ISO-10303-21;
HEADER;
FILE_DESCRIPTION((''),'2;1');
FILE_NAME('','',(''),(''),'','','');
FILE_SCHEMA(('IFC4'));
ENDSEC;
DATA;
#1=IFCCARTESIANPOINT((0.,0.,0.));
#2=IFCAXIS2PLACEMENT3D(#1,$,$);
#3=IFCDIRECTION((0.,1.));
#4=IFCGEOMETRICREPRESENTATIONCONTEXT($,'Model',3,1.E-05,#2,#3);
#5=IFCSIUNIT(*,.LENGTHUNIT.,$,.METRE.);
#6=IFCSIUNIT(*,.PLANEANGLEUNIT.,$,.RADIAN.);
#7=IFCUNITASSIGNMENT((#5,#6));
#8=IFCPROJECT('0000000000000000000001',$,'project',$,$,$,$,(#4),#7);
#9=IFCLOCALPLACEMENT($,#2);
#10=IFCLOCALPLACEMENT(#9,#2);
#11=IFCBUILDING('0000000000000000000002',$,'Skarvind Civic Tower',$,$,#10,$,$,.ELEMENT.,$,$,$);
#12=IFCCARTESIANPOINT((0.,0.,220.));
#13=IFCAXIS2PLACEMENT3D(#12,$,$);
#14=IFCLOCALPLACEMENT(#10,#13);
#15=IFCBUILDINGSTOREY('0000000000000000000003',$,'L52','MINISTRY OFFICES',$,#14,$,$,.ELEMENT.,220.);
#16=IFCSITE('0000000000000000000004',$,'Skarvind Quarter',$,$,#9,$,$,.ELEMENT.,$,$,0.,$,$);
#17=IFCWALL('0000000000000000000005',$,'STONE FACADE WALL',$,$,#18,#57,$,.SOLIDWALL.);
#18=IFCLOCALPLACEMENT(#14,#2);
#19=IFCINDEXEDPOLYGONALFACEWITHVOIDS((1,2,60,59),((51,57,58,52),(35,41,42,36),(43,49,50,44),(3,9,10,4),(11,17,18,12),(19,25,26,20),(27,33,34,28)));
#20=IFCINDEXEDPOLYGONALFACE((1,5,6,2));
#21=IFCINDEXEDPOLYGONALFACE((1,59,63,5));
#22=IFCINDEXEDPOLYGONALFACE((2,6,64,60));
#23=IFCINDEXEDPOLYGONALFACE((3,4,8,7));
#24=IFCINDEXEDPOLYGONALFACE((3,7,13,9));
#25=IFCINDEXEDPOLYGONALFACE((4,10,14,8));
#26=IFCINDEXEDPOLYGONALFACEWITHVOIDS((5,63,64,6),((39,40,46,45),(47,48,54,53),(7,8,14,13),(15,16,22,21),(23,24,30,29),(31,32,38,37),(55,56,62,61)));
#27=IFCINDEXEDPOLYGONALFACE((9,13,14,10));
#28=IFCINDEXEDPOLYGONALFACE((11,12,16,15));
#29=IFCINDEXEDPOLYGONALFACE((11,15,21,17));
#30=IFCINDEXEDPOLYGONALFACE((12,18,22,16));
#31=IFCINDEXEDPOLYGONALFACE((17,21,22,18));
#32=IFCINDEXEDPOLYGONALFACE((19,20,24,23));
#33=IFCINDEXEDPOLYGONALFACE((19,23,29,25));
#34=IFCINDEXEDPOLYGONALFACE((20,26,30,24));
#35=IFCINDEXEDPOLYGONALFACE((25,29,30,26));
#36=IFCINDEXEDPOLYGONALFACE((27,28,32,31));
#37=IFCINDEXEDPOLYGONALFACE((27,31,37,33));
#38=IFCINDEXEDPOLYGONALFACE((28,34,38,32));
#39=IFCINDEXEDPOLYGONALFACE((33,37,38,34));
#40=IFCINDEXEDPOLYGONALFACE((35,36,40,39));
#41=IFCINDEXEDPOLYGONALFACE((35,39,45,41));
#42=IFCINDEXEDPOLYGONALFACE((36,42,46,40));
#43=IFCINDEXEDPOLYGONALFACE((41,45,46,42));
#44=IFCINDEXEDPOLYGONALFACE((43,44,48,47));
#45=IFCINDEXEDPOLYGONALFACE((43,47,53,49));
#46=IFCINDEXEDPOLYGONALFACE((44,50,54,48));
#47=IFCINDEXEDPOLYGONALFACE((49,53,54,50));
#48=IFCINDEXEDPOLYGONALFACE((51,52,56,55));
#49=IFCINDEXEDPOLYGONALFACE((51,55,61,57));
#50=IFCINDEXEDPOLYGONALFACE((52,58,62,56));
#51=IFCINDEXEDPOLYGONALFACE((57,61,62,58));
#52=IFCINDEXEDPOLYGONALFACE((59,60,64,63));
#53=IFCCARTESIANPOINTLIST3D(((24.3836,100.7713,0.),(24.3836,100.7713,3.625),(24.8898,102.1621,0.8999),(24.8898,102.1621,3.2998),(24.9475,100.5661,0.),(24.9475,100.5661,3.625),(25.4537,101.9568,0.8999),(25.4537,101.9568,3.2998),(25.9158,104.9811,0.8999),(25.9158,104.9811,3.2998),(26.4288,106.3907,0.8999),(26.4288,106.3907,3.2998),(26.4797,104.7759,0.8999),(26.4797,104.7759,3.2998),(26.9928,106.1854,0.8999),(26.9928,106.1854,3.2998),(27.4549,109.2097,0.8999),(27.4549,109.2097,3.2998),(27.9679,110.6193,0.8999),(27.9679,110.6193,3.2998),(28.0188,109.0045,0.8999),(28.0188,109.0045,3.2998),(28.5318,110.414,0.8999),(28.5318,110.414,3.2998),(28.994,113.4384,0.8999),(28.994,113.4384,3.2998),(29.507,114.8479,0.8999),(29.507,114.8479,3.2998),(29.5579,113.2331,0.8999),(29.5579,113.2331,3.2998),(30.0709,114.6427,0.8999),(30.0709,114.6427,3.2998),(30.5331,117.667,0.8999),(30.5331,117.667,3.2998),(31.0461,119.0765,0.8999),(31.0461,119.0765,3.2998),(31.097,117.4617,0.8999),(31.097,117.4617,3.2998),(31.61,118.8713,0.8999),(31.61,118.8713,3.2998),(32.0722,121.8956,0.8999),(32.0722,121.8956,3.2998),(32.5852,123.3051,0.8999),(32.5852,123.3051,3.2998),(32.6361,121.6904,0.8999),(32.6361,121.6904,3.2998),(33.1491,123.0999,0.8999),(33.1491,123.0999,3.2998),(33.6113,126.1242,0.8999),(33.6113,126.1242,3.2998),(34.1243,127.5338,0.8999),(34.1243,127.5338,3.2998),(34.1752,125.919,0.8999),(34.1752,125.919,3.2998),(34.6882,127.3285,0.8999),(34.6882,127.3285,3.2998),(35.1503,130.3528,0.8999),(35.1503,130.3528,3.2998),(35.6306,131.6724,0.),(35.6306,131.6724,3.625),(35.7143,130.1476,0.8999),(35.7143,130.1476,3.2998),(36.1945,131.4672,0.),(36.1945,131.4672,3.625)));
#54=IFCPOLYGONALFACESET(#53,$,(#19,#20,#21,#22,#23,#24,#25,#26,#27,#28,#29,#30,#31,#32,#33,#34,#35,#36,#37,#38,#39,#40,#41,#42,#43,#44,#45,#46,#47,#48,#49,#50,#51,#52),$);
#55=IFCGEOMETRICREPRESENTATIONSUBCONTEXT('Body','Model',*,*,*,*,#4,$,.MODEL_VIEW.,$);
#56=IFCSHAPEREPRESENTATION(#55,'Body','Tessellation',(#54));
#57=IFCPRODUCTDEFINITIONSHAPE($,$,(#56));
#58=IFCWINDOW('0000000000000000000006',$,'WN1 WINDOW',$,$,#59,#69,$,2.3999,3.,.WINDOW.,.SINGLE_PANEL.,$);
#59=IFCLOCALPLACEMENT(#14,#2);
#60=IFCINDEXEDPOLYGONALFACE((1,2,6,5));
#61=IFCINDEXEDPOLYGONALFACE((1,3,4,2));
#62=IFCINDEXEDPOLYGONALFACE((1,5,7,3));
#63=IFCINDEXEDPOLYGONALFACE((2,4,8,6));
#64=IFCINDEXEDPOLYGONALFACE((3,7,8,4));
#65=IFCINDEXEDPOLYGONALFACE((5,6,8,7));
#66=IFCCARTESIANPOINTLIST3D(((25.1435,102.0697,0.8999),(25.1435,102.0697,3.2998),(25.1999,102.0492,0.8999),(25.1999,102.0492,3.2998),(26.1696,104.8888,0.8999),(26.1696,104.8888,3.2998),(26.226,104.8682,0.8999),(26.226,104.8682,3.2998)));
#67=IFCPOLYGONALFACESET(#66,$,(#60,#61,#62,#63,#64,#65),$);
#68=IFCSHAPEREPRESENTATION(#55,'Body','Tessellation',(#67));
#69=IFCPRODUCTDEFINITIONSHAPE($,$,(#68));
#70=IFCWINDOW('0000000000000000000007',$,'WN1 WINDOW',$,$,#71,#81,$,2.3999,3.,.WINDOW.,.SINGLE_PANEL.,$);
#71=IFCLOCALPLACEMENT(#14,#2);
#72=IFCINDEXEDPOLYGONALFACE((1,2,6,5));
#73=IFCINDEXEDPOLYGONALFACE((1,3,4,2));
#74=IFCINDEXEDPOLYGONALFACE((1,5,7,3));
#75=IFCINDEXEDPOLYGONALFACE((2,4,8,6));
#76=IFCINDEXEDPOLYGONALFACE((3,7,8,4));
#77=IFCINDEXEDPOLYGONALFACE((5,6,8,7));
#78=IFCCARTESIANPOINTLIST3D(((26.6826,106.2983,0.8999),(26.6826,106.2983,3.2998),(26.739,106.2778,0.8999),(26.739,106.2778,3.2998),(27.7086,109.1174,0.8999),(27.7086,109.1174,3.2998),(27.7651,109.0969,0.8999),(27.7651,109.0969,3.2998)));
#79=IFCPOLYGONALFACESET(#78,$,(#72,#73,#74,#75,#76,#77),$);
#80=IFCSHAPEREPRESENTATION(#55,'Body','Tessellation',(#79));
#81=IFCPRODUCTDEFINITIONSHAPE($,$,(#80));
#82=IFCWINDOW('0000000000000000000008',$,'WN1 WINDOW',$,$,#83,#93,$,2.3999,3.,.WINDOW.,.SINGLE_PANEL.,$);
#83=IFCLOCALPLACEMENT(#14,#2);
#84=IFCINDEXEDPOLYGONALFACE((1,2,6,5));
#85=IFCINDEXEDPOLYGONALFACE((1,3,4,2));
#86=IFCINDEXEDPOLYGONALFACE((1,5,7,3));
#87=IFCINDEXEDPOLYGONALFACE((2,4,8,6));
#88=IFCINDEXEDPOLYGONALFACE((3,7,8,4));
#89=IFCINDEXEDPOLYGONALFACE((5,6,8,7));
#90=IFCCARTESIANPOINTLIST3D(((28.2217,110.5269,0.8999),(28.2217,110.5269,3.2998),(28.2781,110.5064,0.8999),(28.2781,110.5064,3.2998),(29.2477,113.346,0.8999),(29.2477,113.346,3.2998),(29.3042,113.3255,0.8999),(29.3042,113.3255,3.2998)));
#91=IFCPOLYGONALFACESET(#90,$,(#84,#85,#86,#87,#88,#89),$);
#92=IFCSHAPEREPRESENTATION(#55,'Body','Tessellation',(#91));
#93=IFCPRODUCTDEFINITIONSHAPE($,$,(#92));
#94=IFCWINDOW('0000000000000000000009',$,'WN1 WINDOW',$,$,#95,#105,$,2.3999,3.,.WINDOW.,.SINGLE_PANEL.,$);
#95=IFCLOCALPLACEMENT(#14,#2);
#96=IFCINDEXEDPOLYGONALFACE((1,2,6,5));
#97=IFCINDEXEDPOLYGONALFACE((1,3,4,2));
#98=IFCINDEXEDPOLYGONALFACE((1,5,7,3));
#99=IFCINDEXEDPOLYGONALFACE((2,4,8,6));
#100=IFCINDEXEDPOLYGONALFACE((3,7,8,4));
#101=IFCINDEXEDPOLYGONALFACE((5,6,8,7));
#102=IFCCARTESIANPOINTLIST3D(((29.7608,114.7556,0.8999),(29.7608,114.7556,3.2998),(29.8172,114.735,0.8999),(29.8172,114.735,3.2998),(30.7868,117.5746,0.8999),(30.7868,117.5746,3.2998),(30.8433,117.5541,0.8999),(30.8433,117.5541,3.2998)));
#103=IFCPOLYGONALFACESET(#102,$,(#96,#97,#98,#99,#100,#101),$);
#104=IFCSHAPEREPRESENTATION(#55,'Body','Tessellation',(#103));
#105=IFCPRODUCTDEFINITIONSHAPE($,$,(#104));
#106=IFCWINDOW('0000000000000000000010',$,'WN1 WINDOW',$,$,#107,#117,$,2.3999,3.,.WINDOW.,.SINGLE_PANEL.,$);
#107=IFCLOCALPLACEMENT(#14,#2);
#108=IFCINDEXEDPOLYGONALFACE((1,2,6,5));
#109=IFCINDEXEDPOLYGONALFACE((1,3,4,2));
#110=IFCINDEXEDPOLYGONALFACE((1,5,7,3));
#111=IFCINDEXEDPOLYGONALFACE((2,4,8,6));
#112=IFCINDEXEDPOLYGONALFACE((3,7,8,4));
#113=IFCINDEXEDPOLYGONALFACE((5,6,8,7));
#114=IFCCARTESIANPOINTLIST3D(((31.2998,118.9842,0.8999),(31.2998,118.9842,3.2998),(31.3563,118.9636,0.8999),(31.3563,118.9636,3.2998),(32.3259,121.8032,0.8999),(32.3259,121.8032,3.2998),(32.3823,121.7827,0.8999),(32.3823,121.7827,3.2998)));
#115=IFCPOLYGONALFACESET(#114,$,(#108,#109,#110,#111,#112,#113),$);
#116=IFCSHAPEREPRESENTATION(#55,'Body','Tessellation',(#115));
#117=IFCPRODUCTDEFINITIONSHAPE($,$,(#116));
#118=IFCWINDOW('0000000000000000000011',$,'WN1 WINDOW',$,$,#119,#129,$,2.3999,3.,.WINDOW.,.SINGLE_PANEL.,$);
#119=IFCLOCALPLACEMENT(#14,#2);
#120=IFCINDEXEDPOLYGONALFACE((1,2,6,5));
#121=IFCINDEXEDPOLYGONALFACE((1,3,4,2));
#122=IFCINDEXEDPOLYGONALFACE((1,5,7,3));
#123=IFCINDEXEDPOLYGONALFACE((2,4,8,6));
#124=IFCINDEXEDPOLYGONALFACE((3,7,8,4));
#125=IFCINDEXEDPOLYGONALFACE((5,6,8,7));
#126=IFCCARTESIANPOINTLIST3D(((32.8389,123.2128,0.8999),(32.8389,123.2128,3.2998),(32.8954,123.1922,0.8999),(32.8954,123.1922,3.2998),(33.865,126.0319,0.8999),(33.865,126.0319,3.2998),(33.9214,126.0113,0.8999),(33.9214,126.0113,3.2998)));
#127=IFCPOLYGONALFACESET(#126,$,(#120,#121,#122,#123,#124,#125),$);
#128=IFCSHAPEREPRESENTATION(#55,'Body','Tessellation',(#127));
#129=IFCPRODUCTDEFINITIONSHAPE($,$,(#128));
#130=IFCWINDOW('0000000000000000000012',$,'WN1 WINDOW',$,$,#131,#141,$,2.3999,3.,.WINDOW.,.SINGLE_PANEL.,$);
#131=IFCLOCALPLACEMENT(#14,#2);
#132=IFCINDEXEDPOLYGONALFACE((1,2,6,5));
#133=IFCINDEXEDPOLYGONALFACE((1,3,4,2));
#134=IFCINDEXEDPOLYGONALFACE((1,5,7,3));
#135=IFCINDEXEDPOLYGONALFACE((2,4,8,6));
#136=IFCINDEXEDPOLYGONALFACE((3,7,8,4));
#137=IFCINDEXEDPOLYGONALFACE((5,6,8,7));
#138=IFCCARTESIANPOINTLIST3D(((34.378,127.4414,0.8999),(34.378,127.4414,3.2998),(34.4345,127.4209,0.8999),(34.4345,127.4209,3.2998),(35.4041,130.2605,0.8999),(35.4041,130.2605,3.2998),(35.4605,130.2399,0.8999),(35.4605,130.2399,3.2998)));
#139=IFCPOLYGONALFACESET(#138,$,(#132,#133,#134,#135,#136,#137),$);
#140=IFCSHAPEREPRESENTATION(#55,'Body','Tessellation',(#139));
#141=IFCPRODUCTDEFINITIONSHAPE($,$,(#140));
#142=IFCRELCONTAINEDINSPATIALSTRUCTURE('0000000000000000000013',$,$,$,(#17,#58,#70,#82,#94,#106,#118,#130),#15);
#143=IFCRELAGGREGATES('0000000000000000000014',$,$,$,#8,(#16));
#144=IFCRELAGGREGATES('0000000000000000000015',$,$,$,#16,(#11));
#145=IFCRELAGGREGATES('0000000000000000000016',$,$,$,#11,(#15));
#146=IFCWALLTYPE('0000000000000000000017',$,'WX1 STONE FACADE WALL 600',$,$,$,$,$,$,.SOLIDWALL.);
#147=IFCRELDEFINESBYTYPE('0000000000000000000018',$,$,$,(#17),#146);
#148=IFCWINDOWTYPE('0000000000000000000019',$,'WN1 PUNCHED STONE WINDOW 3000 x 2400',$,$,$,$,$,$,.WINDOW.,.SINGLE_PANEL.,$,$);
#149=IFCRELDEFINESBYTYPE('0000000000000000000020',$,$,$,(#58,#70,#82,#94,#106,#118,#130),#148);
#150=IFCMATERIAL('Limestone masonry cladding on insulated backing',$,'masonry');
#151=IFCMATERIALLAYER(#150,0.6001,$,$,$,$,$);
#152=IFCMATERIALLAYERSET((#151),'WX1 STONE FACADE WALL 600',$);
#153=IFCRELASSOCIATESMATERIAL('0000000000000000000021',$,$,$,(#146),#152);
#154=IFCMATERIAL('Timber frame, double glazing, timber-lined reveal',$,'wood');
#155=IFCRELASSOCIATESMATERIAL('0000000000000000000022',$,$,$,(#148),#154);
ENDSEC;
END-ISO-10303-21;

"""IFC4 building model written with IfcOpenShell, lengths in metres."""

from ifc_helpers import new_model, si_unit, direction, frame, frame_2d, origin, place, context, subcontext, project, spatial, rectangle, extrude, material, layer, layer_set, type_object, element, fill, save


model = new_model("IFC4")

# Units and contexts
model_context = context("Model", 3, precision=1e-05, world=origin(), true_north=direction((0.0, 1.0)))
body_context = subcontext(model_context, "Body", "Model", "MODEL_VIEW")
ifc_project = project(units=[si_unit("LENGTHUNIT", "METRE"), si_unit("PLANEANGLEUNIT", "RADIAN")], contexts=[model_context])

# Site, building, storey
site_placement = place(None, origin())
site = spatial("IfcSite", under=ifc_project, at=site_placement, Name="Skarvind Quarter", CompositionType="ELEMENT", RefElevation=0.0)
building_placement = place(site_placement, origin())
building = spatial("IfcBuilding", under=site, at=building_placement, Name="Skarvind Civic Tower", CompositionType="ELEMENT")
storey_placement = place(building_placement, frame((0.0, 0.0, 220.0)))
storey = spatial("IfcBuildingStorey", under=building, at=storey_placement, Name="L52", Description="MINISTRY OFFICES", CompositionType="ELEMENT", Elevation=220.0)

# Wall, openings, windows
ifc_material_1 = material(Name="Limestone masonry cladding on insulated backing", Category="masonry")
ifc_layer_1 = layer(ifc_material_1, 0.6001)
ifc_layer_set_1 = layer_set([ifc_layer_1], Name="WX1 STONE FACADE WALL 600")
wall_type_1 = type_object("IfcWallType", Name="WX1 STONE FACADE WALL 600", PredefinedType="SOLIDWALL", material=ifc_layer_set_1)
wall_1_placement = place(storey_placement, frame((24.6655, 100.6687, 0.0), z_axis=(0.0, 0.0, 1.0), x_axis=(0.34202, 0.939693, 0.0)))
wall_1 = element("IfcWall", 1, at=wall_1_placement, inside=storey, type_object=wall_type_1, Name="STONE FACADE WALL", PredefinedType="SOLIDWALL", context=body_context, shape_type="SweptSolid", body=[
    extrude(rectangle(XDim=32.8843, YDim=0.6001, at=frame_2d((16.4421, 0.0))), origin(), (0.0, 0.0, 1.0), 3.625),
])
opening_1_placement = place(wall_1_placement, frame((1.48, 0.0, 0.8999)))
opening_1 = element("IfcOpeningElement", 2, at=opening_1_placement, cuts=wall_1, PredefinedType="OPENING", context=body_context, shape_type="SweptSolid", body=[
    extrude(rectangle(XDim=3.0, YDim=2.3999, at=frame_2d((1.5, 1.2))), frame((0.0, 0.3101, 0.0), z_axis=(0.0, -1.0, 0.0), x_axis=(1.0, 0.0, 0.0)), (0.0, 0.0, 1.0), 0.6201),
])
opening_2_placement = place(wall_1_placement, frame((5.98, 0.0, 0.8999)))
opening_2 = element("IfcOpeningElement", 3, at=opening_2_placement, cuts=wall_1, PredefinedType="OPENING", context=body_context, shape_type="SweptSolid", body=[
    extrude(rectangle(XDim=3.0, YDim=2.3999, at=frame_2d((1.5, 1.2))), frame((0.0, 0.3101, 0.0), z_axis=(0.0, -1.0, 0.0), x_axis=(1.0, 0.0, 0.0)), (0.0, 0.0, 1.0), 0.6201),
])
opening_3_placement = place(wall_1_placement, frame((10.48, 0.0, 0.8999)))
opening_3 = element("IfcOpeningElement", 4, at=opening_3_placement, cuts=wall_1, PredefinedType="OPENING", context=body_context, shape_type="SweptSolid", body=[
    extrude(rectangle(XDim=3.0, YDim=2.3999, at=frame_2d((1.5, 1.2))), frame((0.0, 0.3101, 0.0), z_axis=(0.0, -1.0, 0.0), x_axis=(1.0, 0.0, 0.0)), (0.0, 0.0, 1.0), 0.6201),
])
opening_4_placement = place(wall_1_placement, frame((14.98, 0.0, 0.8999)))
opening_4 = element("IfcOpeningElement", 5, at=opening_4_placement, cuts=wall_1, PredefinedType="OPENING", context=body_context, shape_type="SweptSolid", body=[
    extrude(rectangle(XDim=3.0, YDim=2.3999, at=frame_2d((1.5, 1.2))), frame((0.0, 0.3101, 0.0), z_axis=(0.0, -1.0, 0.0), x_axis=(1.0, 0.0, 0.0)), (0.0, 0.0, 1.0), 0.6201),
])
opening_5_placement = place(wall_1_placement, frame((19.48, 0.0, 0.8999)))
opening_5 = element("IfcOpeningElement", 6, at=opening_5_placement, cuts=wall_1, PredefinedType="OPENING", context=body_context, shape_type="SweptSolid", body=[
    extrude(rectangle(XDim=3.0, YDim=2.3999, at=frame_2d((1.5, 1.2))), frame((0.0, 0.3101, 0.0), z_axis=(0.0, -1.0, 0.0), x_axis=(1.0, 0.0, 0.0)), (0.0, 0.0, 1.0), 0.6201),
])
opening_6_placement = place(wall_1_placement, frame((23.98, 0.0, 0.8999)))
opening_6 = element("IfcOpeningElement", 7, at=opening_6_placement, cuts=wall_1, PredefinedType="OPENING", context=body_context, shape_type="SweptSolid", body=[
    extrude(rectangle(XDim=3.0, YDim=2.3999, at=frame_2d((1.5, 1.2))), frame((0.0, 0.3101, 0.0), z_axis=(0.0, -1.0, 0.0), x_axis=(1.0, 0.0, 0.0)), (0.0, 0.0, 1.0), 0.6201),
])
opening_7_placement = place(wall_1_placement, frame((28.48, 0.0, 0.8999)))
opening_7 = element("IfcOpeningElement", 8, at=opening_7_placement, cuts=wall_1, PredefinedType="OPENING", context=body_context, shape_type="SweptSolid", body=[
    extrude(rectangle(XDim=3.0, YDim=2.3999, at=frame_2d((1.5, 1.2))), frame((0.0, 0.3101, 0.0), z_axis=(0.0, -1.0, 0.0), x_axis=(1.0, 0.0, 0.0)), (0.0, 0.0, 1.0), 0.6201),
])
ifc_material_2 = material(Name="Timber frame, double glazing, timber-lined reveal", Category="wood")
window_type = type_object("IfcWindowType", Name="WN1 PUNCHED STONE WINDOW 3000 x 2400", PartitioningType="SINGLE_PANEL", PredefinedType="WINDOW", material=ifc_material_2)
window_1_placement = place(opening_1_placement, origin())
window_1 = element("IfcWindow", 9, at=window_1_placement, inside=storey, type_object=window_type, Name="WN1 WINDOW", OverallHeight=2.3999, OverallWidth=3.0, PartitioningType="SINGLE_PANEL", PredefinedType="WINDOW", context=body_context, shape_type="SweptSolid", body=[
    extrude(rectangle(XDim=3.0, YDim=2.3999, at=frame_2d((1.5, 1.2))), frame((0.0, 0.03, 0.0), z_axis=(0.0, -1.0, 0.0), x_axis=(1.0, 0.0, 0.0)), (0.0, 0.0, 1.0), 0.0601),
])
fill(opening_1, window_1)
window_2_placement = place(opening_2_placement, origin())
window_2 = element("IfcWindow", 10, at=window_2_placement, inside=storey, type_object=window_type, Name="WN1 WINDOW", OverallHeight=2.3999, OverallWidth=3.0, PartitioningType="SINGLE_PANEL", PredefinedType="WINDOW", context=body_context, shape_type="SweptSolid", body=[
    extrude(rectangle(XDim=3.0, YDim=2.3999, at=frame_2d((1.5, 1.2))), frame((0.0, 0.03, 0.0), z_axis=(0.0, -1.0, 0.0), x_axis=(1.0, 0.0, 0.0)), (0.0, 0.0, 1.0), 0.0601),
])
fill(opening_2, window_2)
window_3_placement = place(opening_3_placement, origin())
window_3 = element("IfcWindow", 11, at=window_3_placement, inside=storey, type_object=window_type, Name="WN1 WINDOW", OverallHeight=2.3999, OverallWidth=3.0, PartitioningType="SINGLE_PANEL", PredefinedType="WINDOW", context=body_context, shape_type="SweptSolid", body=[
    extrude(rectangle(XDim=3.0, YDim=2.3999, at=frame_2d((1.5, 1.2))), frame((0.0, 0.03, 0.0), z_axis=(0.0, -1.0, 0.0), x_axis=(1.0, 0.0, 0.0)), (0.0, 0.0, 1.0), 0.0601),
])
fill(opening_3, window_3)
window_4_placement = place(opening_4_placement, origin())
window_4 = element("IfcWindow", 12, at=window_4_placement, inside=storey, type_object=window_type, Name="WN1 WINDOW", OverallHeight=2.3999, OverallWidth=3.0, PartitioningType="SINGLE_PANEL", PredefinedType="WINDOW", context=body_context, shape_type="SweptSolid", body=[
    extrude(rectangle(XDim=3.0, YDim=2.3999, at=frame_2d((1.5, 1.2))), frame((0.0, 0.03, 0.0), z_axis=(0.0, -1.0, 0.0), x_axis=(1.0, 0.0, 0.0)), (0.0, 0.0, 1.0), 0.0601),
])
fill(opening_4, window_4)
window_5_placement = place(opening_5_placement, origin())
window_5 = element("IfcWindow", 13, at=window_5_placement, inside=storey, type_object=window_type, Name="WN1 WINDOW", OverallHeight=2.3999, OverallWidth=3.0, PartitioningType="SINGLE_PANEL", PredefinedType="WINDOW", context=body_context, shape_type="SweptSolid", body=[
    extrude(rectangle(XDim=3.0, YDim=2.3999, at=frame_2d((1.5, 1.2))), frame((0.0, 0.03, 0.0), z_axis=(0.0, -1.0, 0.0), x_axis=(1.0, 0.0, 0.0)), (0.0, 0.0, 1.0), 0.0601),
])
fill(opening_5, window_5)
window_6_placement = place(opening_6_placement, origin())
window_6 = element("IfcWindow", 14, at=window_6_placement, inside=storey, type_object=window_type, Name="WN1 WINDOW", OverallHeight=2.3999, OverallWidth=3.0, PartitioningType="SINGLE_PANEL", PredefinedType="WINDOW", context=body_context, shape_type="SweptSolid", body=[
    extrude(rectangle(XDim=3.0, YDim=2.3999, at=frame_2d((1.5, 1.2))), frame((0.0, 0.03, 0.0), z_axis=(0.0, -1.0, 0.0), x_axis=(1.0, 0.0, 0.0)), (0.0, 0.0, 1.0), 0.0601),
])
fill(opening_6, window_6)
window_7_placement = place(opening_7_placement, origin())
window_7 = element("IfcWindow", 15, at=window_7_placement, inside=storey, type_object=window_type, Name="WN1 WINDOW", OverallHeight=2.3999, OverallWidth=3.0, PartitioningType="SINGLE_PANEL", PredefinedType="WINDOW", context=body_context, shape_type="SweptSolid", body=[
    extrude(rectangle(XDim=3.0, YDim=2.3999, at=frame_2d((1.5, 1.2))), frame((0.0, 0.03, 0.0), z_axis=(0.0, -1.0, 0.0), x_axis=(1.0, 0.0, 0.0)), (0.0, 0.0, 1.0), 0.0601),
])
fill(opening_7, window_7)

save(model, "model.ifc")
